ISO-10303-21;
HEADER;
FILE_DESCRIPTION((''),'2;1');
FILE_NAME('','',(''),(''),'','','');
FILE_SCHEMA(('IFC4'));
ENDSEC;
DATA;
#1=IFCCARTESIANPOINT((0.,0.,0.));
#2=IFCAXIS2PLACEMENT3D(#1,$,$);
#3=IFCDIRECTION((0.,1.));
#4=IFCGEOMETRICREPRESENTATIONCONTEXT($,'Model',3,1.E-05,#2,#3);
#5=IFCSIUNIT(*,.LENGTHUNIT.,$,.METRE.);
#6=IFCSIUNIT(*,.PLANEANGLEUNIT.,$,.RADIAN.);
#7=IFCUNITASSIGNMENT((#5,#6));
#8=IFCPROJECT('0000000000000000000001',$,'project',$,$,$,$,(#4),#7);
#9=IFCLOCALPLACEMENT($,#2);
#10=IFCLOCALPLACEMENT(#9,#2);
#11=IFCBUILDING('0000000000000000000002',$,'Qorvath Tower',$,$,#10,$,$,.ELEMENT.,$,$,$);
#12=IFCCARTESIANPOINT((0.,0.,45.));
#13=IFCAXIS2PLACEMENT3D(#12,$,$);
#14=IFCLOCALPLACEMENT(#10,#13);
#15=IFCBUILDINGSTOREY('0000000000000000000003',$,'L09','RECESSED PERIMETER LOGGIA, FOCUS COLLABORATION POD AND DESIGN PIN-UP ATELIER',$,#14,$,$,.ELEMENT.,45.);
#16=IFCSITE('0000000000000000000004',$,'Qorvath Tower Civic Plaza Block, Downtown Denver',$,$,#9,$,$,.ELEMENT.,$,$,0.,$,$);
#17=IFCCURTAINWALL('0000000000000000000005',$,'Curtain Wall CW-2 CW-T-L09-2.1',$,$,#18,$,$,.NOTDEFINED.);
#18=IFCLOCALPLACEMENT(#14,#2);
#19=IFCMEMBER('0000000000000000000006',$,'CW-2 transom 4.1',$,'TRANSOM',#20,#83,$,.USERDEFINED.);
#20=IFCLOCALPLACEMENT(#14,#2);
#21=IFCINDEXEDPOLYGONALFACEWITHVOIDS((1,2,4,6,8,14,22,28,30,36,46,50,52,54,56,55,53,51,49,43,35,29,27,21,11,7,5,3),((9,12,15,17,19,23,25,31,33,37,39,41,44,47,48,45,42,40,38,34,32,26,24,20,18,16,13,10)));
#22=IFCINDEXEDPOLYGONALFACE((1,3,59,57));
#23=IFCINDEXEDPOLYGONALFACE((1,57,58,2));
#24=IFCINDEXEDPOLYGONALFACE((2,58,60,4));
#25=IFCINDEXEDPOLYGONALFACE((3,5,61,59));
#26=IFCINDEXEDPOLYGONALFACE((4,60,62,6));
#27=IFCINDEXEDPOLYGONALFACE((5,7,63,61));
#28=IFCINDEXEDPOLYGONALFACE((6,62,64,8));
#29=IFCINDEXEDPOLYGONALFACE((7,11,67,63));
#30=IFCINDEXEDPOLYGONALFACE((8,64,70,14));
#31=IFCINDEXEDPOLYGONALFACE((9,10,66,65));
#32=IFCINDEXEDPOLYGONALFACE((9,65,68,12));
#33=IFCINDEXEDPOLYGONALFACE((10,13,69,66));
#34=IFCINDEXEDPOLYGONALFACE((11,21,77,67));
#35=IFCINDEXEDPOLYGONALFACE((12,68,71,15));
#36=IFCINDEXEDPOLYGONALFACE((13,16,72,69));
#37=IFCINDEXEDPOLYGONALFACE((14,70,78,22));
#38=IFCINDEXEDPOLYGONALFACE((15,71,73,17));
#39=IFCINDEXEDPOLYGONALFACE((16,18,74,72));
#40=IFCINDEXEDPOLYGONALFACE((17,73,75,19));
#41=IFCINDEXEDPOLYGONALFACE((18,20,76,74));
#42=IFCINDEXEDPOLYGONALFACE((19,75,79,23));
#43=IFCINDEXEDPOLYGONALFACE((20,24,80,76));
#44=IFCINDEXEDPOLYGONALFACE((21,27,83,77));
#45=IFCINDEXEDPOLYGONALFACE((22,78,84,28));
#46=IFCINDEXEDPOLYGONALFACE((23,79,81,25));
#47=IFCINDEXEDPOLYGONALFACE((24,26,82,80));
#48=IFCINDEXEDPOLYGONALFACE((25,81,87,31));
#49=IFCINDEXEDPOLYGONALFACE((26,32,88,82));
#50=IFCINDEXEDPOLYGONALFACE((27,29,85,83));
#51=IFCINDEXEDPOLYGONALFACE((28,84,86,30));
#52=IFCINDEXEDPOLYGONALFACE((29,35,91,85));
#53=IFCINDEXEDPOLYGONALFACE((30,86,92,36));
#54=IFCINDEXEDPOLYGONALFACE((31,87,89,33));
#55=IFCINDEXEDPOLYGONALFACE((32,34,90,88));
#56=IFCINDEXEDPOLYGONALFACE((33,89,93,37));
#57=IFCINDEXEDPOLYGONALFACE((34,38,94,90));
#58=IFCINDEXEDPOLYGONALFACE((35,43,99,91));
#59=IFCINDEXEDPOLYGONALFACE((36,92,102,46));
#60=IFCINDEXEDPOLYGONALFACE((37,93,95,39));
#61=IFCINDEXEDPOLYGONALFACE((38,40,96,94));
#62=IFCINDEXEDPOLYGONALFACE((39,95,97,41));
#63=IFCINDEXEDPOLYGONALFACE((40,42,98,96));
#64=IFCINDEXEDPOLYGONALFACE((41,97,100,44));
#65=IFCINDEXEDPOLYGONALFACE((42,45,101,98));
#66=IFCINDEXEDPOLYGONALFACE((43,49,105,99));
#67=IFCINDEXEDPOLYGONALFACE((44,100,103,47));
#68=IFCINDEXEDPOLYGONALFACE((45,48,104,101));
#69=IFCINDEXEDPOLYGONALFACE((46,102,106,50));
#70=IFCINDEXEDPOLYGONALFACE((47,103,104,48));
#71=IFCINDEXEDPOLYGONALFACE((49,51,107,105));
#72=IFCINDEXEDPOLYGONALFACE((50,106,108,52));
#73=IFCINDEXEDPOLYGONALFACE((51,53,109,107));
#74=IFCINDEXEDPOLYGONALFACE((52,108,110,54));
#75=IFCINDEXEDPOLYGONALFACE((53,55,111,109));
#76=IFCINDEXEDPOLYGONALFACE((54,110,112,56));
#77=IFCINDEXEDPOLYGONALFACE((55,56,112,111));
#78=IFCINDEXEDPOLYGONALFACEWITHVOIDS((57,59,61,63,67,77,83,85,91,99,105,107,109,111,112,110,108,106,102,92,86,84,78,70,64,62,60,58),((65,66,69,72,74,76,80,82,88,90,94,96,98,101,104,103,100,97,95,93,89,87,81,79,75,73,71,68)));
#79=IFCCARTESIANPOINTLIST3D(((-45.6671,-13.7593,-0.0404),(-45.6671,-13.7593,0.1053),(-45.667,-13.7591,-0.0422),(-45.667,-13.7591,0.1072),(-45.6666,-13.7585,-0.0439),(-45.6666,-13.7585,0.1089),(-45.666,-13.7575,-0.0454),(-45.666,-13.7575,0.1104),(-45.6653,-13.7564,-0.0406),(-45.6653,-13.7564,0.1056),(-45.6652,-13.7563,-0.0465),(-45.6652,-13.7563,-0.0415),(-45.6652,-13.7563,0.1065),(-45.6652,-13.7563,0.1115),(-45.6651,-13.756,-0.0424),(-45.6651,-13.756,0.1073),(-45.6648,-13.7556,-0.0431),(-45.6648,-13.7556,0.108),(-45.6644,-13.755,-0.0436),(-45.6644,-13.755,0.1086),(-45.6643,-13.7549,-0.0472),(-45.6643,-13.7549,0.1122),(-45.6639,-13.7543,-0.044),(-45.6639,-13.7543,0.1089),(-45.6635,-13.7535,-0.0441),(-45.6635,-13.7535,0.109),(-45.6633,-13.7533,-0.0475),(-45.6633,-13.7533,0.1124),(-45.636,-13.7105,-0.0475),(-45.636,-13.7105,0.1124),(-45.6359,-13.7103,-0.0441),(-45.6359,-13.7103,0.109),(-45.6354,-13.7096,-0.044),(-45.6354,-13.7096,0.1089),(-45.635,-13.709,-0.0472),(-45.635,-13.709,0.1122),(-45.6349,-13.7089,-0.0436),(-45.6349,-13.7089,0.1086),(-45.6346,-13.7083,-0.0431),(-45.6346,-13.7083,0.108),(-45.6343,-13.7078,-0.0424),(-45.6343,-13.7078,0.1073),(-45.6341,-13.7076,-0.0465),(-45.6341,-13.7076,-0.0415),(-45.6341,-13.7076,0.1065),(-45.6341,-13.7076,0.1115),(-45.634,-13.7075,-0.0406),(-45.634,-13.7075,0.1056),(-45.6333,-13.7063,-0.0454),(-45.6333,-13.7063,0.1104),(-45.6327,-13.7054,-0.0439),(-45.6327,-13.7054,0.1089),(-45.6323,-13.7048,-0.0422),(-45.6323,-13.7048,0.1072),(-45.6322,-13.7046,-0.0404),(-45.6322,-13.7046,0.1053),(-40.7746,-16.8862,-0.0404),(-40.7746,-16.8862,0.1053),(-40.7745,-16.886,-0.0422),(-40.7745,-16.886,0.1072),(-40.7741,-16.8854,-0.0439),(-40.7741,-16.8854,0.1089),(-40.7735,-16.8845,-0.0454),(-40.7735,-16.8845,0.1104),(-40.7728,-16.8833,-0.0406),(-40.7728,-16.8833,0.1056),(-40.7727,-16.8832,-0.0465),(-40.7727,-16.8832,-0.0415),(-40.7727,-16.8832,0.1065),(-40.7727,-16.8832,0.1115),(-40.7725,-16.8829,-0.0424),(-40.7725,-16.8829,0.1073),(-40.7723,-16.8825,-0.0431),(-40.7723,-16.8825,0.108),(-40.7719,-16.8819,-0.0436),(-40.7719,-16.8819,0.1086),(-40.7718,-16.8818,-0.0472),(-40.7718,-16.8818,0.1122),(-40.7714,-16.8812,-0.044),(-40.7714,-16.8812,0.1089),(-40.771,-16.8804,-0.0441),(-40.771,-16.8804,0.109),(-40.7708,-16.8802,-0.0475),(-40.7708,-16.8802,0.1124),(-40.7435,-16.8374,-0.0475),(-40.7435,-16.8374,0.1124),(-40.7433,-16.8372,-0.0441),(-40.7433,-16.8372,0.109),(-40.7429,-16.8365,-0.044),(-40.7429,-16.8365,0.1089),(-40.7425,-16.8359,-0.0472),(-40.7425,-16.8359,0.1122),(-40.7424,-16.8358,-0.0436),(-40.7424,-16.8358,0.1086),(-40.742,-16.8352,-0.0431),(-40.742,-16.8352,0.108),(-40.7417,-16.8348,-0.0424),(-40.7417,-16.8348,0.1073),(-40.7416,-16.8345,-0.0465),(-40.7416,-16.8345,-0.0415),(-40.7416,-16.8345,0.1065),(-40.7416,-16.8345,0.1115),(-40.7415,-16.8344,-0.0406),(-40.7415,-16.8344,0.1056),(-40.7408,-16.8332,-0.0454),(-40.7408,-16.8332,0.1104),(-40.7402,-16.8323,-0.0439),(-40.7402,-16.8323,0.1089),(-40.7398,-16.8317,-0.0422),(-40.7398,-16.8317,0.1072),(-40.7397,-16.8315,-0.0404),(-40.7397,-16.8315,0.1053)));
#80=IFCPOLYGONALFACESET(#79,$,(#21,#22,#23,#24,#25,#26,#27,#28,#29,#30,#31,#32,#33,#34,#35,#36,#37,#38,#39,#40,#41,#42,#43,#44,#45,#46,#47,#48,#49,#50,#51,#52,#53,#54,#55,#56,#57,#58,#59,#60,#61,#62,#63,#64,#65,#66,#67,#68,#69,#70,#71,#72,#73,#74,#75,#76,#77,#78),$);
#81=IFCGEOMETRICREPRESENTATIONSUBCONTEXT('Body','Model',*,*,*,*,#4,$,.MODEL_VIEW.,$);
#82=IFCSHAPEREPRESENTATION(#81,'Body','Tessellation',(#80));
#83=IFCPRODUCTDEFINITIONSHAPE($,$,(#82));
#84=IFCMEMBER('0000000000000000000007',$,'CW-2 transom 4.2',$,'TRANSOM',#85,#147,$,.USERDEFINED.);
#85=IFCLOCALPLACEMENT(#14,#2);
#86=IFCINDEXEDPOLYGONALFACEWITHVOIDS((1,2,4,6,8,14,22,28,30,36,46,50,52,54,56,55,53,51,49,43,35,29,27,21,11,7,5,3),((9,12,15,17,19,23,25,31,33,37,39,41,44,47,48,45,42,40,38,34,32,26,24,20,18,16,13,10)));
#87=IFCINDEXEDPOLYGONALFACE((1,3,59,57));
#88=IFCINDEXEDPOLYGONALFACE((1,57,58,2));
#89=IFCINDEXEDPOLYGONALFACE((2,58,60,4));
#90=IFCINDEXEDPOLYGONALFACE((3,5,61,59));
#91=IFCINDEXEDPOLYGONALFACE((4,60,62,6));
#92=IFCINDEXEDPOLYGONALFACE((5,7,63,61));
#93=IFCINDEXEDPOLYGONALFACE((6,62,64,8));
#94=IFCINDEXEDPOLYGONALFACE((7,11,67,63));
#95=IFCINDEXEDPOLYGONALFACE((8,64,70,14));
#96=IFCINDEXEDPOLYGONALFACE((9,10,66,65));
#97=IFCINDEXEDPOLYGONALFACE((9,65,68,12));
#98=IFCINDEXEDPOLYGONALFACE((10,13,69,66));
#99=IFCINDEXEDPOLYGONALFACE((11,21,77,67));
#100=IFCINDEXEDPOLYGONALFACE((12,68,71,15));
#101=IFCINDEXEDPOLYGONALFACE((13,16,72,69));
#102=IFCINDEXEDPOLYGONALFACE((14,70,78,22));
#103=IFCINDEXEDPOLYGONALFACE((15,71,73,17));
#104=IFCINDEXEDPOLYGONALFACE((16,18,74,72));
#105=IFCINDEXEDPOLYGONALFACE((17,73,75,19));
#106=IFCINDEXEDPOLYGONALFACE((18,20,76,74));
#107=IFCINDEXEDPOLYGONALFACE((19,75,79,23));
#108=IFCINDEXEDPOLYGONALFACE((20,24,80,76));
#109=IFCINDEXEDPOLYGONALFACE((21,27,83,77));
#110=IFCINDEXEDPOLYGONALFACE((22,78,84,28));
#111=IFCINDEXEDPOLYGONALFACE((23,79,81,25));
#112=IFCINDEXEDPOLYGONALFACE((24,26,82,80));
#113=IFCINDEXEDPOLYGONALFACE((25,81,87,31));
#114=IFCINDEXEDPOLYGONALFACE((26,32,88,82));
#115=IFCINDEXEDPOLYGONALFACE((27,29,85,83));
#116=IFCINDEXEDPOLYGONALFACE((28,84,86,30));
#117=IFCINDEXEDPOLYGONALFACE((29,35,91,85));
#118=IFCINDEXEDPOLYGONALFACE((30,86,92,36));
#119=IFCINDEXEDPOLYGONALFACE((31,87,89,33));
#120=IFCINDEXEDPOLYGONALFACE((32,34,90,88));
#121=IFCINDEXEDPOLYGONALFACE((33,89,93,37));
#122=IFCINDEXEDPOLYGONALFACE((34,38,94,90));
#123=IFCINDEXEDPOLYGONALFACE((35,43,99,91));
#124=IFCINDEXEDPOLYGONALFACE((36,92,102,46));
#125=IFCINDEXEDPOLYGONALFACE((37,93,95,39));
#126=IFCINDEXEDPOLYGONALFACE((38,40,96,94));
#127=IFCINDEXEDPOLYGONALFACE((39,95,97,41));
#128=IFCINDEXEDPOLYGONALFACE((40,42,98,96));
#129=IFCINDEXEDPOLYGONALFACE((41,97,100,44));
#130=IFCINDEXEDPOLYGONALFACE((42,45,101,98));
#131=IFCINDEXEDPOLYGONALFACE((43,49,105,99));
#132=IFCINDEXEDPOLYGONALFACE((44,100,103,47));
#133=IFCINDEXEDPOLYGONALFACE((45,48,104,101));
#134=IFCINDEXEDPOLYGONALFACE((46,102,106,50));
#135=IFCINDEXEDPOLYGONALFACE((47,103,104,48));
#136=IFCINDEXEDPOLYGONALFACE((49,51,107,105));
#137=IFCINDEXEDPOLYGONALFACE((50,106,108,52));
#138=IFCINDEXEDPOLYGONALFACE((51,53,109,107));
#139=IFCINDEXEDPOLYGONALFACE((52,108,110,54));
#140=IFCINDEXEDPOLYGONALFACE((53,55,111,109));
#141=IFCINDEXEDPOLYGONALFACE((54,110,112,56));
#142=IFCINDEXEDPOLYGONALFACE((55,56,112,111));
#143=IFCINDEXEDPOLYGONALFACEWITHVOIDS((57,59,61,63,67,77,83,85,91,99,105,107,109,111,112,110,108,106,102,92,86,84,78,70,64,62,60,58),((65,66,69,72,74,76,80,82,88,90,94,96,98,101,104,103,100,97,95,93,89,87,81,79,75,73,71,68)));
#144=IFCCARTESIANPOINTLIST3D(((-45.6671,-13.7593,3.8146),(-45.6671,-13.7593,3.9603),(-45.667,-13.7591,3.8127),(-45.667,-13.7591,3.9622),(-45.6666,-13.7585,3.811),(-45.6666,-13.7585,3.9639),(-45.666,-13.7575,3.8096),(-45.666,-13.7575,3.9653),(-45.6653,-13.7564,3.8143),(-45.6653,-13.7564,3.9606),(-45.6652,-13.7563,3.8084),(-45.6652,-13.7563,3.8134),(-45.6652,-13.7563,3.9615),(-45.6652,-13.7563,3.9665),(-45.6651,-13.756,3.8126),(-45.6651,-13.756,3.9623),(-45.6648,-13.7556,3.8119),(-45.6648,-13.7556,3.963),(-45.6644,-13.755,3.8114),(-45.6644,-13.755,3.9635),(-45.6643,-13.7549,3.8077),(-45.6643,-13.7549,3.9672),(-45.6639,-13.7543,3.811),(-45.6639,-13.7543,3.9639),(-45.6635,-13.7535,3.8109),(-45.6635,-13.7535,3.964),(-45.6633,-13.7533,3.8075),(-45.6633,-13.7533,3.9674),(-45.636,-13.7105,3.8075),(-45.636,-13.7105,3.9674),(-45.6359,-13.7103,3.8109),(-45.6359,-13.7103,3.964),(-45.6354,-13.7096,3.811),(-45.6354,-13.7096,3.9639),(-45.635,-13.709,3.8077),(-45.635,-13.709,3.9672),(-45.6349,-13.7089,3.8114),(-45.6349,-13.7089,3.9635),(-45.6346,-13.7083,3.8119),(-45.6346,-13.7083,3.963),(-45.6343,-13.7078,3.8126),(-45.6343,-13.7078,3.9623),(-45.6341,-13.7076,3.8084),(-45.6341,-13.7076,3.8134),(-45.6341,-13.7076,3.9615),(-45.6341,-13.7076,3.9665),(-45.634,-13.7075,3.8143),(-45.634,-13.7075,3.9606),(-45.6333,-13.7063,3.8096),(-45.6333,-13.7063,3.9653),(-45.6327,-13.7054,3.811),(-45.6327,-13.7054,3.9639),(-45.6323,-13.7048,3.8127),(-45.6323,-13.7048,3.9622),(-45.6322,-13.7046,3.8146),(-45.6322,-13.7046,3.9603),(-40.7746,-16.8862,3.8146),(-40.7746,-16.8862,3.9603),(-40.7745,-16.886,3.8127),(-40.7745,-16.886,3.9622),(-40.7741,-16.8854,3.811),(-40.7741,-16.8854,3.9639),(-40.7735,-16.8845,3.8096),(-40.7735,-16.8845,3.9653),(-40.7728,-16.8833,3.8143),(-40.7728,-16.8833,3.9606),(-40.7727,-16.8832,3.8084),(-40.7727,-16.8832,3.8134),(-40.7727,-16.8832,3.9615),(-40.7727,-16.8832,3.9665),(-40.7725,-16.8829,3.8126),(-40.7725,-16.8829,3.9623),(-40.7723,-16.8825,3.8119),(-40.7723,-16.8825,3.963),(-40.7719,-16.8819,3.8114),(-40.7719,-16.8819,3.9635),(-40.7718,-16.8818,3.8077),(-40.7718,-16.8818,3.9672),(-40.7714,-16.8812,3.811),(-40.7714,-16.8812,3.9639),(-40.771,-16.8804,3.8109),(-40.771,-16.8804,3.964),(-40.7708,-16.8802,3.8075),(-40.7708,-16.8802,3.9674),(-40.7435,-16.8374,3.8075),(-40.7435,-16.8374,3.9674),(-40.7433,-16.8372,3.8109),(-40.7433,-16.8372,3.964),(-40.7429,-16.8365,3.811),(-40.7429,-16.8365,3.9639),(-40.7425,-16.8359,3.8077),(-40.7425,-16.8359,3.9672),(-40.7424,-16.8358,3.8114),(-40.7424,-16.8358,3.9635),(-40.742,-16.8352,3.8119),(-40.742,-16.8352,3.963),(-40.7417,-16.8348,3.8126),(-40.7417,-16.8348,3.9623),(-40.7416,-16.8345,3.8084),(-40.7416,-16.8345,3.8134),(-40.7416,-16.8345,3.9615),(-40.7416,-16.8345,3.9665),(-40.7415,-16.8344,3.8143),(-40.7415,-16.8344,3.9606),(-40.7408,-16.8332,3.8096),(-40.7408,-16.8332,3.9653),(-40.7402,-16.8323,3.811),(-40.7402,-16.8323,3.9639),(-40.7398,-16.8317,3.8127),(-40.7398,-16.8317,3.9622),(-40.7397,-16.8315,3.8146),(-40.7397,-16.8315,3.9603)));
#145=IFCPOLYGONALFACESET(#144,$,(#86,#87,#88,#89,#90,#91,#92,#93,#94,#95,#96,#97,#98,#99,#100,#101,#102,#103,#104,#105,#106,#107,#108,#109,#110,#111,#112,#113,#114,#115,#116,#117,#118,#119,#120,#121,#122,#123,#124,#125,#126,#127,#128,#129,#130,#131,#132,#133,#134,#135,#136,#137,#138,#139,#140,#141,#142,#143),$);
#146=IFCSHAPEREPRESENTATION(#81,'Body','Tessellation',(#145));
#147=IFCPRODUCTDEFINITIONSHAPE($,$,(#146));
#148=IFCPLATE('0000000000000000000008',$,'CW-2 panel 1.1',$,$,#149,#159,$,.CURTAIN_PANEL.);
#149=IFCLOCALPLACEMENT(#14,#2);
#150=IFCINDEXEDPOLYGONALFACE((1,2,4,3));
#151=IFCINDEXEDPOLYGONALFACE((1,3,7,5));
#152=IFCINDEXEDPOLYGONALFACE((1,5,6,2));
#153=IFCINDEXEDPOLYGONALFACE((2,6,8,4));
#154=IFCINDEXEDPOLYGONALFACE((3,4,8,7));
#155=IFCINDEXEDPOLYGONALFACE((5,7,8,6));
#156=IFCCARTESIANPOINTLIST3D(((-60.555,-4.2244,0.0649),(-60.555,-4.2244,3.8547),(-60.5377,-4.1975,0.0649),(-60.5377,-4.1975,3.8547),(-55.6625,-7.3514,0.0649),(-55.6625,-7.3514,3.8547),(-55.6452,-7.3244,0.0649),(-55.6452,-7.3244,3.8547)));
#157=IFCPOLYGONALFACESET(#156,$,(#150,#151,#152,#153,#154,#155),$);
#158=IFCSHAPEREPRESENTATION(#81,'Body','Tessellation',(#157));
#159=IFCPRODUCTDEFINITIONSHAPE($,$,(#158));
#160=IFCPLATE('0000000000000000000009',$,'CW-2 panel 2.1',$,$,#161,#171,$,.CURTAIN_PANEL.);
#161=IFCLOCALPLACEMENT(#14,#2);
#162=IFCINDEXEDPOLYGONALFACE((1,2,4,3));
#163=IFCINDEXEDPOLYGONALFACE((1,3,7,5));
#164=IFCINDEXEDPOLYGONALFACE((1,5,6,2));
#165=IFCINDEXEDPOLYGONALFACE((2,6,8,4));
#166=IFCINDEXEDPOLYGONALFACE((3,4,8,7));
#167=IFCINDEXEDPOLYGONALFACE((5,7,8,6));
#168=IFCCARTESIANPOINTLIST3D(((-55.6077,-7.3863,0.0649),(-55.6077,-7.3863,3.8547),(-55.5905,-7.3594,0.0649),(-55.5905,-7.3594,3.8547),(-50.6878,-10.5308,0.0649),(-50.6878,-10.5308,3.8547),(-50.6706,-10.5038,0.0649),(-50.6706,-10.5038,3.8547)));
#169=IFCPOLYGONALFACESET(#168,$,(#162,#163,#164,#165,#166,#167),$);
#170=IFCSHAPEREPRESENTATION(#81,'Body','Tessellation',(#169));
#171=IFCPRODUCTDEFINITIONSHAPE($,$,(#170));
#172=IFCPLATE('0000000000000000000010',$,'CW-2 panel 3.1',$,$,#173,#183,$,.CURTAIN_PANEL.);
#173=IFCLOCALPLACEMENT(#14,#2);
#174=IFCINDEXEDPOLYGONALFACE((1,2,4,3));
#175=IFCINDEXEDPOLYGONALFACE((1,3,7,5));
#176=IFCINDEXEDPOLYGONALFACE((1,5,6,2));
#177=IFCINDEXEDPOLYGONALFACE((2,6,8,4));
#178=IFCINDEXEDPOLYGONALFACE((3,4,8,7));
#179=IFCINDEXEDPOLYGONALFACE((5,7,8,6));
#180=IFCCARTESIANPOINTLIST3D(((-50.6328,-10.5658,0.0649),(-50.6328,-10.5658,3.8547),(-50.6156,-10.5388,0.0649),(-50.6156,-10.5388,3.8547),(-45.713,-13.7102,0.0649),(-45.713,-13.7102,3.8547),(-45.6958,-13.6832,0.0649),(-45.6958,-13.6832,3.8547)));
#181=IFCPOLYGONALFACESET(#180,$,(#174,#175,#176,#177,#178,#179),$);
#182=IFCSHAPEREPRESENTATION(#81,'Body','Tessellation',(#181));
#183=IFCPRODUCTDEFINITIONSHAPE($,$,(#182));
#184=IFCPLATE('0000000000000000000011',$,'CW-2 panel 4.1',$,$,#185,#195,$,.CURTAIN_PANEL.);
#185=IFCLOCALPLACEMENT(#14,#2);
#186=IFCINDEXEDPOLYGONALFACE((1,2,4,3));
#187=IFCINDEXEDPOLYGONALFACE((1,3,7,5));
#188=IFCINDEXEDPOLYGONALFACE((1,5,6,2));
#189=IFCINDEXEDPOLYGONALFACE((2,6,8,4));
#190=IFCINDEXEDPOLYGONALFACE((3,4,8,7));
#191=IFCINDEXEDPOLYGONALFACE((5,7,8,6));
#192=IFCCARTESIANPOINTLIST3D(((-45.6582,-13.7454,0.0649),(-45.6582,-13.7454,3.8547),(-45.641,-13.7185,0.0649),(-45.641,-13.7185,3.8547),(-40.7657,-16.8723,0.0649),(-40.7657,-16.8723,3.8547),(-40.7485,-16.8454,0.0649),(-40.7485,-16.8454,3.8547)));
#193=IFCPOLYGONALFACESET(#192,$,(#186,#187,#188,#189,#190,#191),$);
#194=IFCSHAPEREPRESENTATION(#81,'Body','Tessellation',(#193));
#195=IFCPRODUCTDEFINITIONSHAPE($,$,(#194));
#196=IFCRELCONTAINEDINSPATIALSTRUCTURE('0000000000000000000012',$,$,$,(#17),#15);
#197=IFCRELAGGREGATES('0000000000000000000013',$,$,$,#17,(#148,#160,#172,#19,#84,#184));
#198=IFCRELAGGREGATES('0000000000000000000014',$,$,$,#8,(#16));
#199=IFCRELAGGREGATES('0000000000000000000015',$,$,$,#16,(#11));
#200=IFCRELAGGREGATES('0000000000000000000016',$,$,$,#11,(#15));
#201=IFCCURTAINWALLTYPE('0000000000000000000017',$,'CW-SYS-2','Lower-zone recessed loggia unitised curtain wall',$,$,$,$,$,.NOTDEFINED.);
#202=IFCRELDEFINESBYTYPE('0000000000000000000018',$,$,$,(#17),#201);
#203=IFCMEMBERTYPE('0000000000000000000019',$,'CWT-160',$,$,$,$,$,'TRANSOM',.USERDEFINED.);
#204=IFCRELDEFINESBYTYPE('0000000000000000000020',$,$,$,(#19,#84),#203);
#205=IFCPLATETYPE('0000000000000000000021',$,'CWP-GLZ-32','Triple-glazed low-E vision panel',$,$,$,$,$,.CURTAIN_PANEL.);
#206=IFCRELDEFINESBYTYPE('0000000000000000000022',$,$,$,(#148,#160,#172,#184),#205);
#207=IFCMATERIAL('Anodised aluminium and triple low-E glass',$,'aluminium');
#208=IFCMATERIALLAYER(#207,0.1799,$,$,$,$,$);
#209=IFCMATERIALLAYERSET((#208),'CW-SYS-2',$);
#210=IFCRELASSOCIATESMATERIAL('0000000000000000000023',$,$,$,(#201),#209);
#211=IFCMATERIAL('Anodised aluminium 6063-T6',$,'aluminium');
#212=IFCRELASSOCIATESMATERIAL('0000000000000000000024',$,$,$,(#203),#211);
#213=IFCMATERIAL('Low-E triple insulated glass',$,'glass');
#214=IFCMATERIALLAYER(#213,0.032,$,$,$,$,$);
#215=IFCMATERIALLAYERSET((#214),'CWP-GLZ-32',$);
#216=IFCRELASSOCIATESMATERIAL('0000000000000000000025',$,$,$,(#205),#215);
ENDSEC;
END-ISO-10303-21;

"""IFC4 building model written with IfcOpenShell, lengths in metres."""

from ifc_helpers import new_model, si_unit, direction, frame, origin, origin_2d, place, context, subcontext, project, spatial, rectangle, hollow_rectangle, extrude, material, layer, layer_set, material_profile, profile_set, type_object, element, aggregate, save


model = new_model("IFC4")

# Units and contexts
model_context = context("Model", 3, precision=1e-05, world=origin(), true_north=direction((0.0, 1.0)))
body_context = subcontext(model_context, "Body", "Model", "MODEL_VIEW")
ifc_project = project(units=[si_unit("LENGTHUNIT", "METRE"), si_unit("PLANEANGLEUNIT", "RADIAN")], contexts=[model_context])

# Site, building, storey
site_placement = place(None, origin())
site = spatial("IfcSite", under=ifc_project, at=site_placement, Name="Qorvath Tower Civic Plaza Block, Downtown Denver", CompositionType="ELEMENT", RefElevation=0.0)
building_placement = place(site_placement, origin())
building = spatial("IfcBuilding", under=site, at=building_placement, Name="Qorvath Tower", CompositionType="ELEMENT")
storey_placement = place(building_placement, frame((0.0, 0.0, 45.0)))
storey = spatial("IfcBuildingStorey", under=building, at=storey_placement, Name="L09", Description="RECESSED PERIMETER LOGGIA, FOCUS COLLABORATION POD AND DESIGN PIN-UP ATELIER", CompositionType="ELEMENT", Elevation=45.0)

# Curtain wall, members, plates
ifc_material_1 = material(Name="Anodised aluminium and triple low-E glass", Category="aluminium")
ifc_layer_1 = layer(ifc_material_1, 0.1799)
ifc_layer_set_1 = layer_set([ifc_layer_1], Name="CW-SYS-2")
curtain_wall_type = type_object("IfcCurtainWallType", Name="CW-SYS-2", Description="Lower-zone recessed loggia unitised curtain wall", PredefinedType="NOTDEFINED", material=ifc_layer_set_1)
curtain_wall_placement = place(storey_placement, origin())
curtain_wall = element("IfcCurtainWall", 1, at=curtain_wall_placement, inside=storey, type_object=curtain_wall_type, Name="Curtain Wall CW-2 CW-T-L09-2.1", PredefinedType="NOTDEFINED")
ifc_material_2 = material(Name="Anodised aluminium 6063-T6", Category="aluminium")
ifc_material_profile_1 = material_profile(ifc_material_2, hollow_rectangle(XDim=0.0649, YDim=0.1599, WallThickness=0.0034, InnerFilletRadius=0.0034, OuterFilletRadius=0.0071, at=origin_2d()), Name="CWT 160x65")
ifc_profile_set_1 = profile_set([ifc_material_profile_1], Name="Anodised aluminium 6063-T6")
member_type_1 = type_object("IfcMemberType", Name="CWT-160", ElementType="TRANSOM", PredefinedType="USERDEFINED", material=ifc_profile_set_1)
member_1_placement = place(storey_placement, frame((-45.6497, -13.7319, 0.0325), z_axis=(0.842607, -0.538529, 0.0), x_axis=(0.538529, 0.842607, 0.0)))
member_1 = element("IfcMember", 2, at=member_1_placement, type_object=member_type_1, Name="CW-2 transom 4.1", ObjectType="TRANSOM", PredefinedType="USERDEFINED", context=body_context, shape_type="SweptSolid", body=[
    extrude(hollow_rectangle(XDim=0.0649, YDim=0.1599, WallThickness=0.0034, InnerFilletRadius=0.0034, OuterFilletRadius=0.0071, at=origin_2d()), origin(), (0.0, 0.0, 1.0), 5.8064),
])
member_2_placement = place(storey_placement, frame((-45.6497, -13.7319, 3.8875), z_axis=(0.842607, -0.538529, 0.0), x_axis=(0.538529, 0.842607, 0.0)))
member_2 = element("IfcMember", 3, at=member_2_placement, type_object=member_type_1, Name="CW-2 transom 4.2", ObjectType="TRANSOM", PredefinedType="USERDEFINED", context=body_context, shape_type="SweptSolid", body=[
    extrude(hollow_rectangle(XDim=0.0649, YDim=0.1599, WallThickness=0.0034, InnerFilletRadius=0.0034, OuterFilletRadius=0.0071, at=origin_2d()), origin(), (0.0, 0.0, 1.0), 5.8064),
])
ifc_material_3 = material(Name="Low-E triple insulated glass", Category="glass")
ifc_layer_2 = layer(ifc_material_3, 0.032)
ifc_layer_set_2 = layer_set([ifc_layer_2], Name="CWP-GLZ-32")
plate_type = type_object("IfcPlateType", Name="CWP-GLZ-32", Description="Triple-glazed low-E vision panel", PredefinedType="CURTAIN_PANEL", material=ifc_layer_set_2)
plate_1_placement = place(storey_placement, frame((-58.1001, -5.7744, 0.0649), z_axis=(0.0, 0.0, 1.0), x_axis=(0.842605, -0.538532, 0.0)))
plate_1 = element("IfcPlate", 4, at=plate_1_placement, type_object=plate_type, Name="CW-2 panel 1.1", PredefinedType="CURTAIN_PANEL", context=body_context, shape_type="SweptSolid", body=[
    extrude(rectangle(XDim=5.8064, YDim=0.032, at=origin_2d()), origin(), (0.0, 0.0, 1.0), 3.7898),
])
plate_2_placement = place(storey_placement, frame((-53.1392, -8.9451, 0.0649), z_axis=(0.0, 0.0, 1.0), x_axis=(0.842605, -0.538532, 0.0)))
plate_2 = element("IfcPlate", 5, at=plate_2_placement, type_object=plate_type, Name="CW-2 panel 2.1", PredefinedType="CURTAIN_PANEL", context=body_context, shape_type="SweptSolid", body=[
    extrude(rectangle(XDim=5.8389, YDim=0.032, at=origin_2d()), origin(), (0.0, 0.0, 1.0), 3.7898),
])
plate_3_placement = place(storey_placement, frame((-48.1643, -12.1245, 0.0649), z_axis=(0.0, 0.0, 1.0), x_axis=(0.842605, -0.538532, 0.0)))
plate_3 = element("IfcPlate", 6, at=plate_3_placement, type_object=plate_type, Name="CW-2 panel 3.1", PredefinedType="CURTAIN_PANEL", context=body_context, shape_type="SweptSolid", body=[
    extrude(rectangle(XDim=5.8389, YDim=0.032, at=origin_2d()), origin(), (0.0, 0.0, 1.0), 3.7898),
])
plate_4_placement = place(storey_placement, frame((-43.2034, -15.2954, 0.0649), z_axis=(0.0, 0.0, 1.0), x_axis=(0.842605, -0.538532, 0.0)))
plate_4 = element("IfcPlate", 7, at=plate_4_placement, type_object=plate_type, Name="CW-2 panel 4.1", PredefinedType="CURTAIN_PANEL", context=body_context, shape_type="SweptSolid", body=[
    extrude(rectangle(XDim=5.8064, YDim=0.032, at=origin_2d()), origin(), (0.0, 0.0, 1.0), 3.7898),
])
aggregate(curtain_wall, [plate_1, plate_2, plate_3, member_1, member_2, plate_4])

save(model, "model.ifc")
